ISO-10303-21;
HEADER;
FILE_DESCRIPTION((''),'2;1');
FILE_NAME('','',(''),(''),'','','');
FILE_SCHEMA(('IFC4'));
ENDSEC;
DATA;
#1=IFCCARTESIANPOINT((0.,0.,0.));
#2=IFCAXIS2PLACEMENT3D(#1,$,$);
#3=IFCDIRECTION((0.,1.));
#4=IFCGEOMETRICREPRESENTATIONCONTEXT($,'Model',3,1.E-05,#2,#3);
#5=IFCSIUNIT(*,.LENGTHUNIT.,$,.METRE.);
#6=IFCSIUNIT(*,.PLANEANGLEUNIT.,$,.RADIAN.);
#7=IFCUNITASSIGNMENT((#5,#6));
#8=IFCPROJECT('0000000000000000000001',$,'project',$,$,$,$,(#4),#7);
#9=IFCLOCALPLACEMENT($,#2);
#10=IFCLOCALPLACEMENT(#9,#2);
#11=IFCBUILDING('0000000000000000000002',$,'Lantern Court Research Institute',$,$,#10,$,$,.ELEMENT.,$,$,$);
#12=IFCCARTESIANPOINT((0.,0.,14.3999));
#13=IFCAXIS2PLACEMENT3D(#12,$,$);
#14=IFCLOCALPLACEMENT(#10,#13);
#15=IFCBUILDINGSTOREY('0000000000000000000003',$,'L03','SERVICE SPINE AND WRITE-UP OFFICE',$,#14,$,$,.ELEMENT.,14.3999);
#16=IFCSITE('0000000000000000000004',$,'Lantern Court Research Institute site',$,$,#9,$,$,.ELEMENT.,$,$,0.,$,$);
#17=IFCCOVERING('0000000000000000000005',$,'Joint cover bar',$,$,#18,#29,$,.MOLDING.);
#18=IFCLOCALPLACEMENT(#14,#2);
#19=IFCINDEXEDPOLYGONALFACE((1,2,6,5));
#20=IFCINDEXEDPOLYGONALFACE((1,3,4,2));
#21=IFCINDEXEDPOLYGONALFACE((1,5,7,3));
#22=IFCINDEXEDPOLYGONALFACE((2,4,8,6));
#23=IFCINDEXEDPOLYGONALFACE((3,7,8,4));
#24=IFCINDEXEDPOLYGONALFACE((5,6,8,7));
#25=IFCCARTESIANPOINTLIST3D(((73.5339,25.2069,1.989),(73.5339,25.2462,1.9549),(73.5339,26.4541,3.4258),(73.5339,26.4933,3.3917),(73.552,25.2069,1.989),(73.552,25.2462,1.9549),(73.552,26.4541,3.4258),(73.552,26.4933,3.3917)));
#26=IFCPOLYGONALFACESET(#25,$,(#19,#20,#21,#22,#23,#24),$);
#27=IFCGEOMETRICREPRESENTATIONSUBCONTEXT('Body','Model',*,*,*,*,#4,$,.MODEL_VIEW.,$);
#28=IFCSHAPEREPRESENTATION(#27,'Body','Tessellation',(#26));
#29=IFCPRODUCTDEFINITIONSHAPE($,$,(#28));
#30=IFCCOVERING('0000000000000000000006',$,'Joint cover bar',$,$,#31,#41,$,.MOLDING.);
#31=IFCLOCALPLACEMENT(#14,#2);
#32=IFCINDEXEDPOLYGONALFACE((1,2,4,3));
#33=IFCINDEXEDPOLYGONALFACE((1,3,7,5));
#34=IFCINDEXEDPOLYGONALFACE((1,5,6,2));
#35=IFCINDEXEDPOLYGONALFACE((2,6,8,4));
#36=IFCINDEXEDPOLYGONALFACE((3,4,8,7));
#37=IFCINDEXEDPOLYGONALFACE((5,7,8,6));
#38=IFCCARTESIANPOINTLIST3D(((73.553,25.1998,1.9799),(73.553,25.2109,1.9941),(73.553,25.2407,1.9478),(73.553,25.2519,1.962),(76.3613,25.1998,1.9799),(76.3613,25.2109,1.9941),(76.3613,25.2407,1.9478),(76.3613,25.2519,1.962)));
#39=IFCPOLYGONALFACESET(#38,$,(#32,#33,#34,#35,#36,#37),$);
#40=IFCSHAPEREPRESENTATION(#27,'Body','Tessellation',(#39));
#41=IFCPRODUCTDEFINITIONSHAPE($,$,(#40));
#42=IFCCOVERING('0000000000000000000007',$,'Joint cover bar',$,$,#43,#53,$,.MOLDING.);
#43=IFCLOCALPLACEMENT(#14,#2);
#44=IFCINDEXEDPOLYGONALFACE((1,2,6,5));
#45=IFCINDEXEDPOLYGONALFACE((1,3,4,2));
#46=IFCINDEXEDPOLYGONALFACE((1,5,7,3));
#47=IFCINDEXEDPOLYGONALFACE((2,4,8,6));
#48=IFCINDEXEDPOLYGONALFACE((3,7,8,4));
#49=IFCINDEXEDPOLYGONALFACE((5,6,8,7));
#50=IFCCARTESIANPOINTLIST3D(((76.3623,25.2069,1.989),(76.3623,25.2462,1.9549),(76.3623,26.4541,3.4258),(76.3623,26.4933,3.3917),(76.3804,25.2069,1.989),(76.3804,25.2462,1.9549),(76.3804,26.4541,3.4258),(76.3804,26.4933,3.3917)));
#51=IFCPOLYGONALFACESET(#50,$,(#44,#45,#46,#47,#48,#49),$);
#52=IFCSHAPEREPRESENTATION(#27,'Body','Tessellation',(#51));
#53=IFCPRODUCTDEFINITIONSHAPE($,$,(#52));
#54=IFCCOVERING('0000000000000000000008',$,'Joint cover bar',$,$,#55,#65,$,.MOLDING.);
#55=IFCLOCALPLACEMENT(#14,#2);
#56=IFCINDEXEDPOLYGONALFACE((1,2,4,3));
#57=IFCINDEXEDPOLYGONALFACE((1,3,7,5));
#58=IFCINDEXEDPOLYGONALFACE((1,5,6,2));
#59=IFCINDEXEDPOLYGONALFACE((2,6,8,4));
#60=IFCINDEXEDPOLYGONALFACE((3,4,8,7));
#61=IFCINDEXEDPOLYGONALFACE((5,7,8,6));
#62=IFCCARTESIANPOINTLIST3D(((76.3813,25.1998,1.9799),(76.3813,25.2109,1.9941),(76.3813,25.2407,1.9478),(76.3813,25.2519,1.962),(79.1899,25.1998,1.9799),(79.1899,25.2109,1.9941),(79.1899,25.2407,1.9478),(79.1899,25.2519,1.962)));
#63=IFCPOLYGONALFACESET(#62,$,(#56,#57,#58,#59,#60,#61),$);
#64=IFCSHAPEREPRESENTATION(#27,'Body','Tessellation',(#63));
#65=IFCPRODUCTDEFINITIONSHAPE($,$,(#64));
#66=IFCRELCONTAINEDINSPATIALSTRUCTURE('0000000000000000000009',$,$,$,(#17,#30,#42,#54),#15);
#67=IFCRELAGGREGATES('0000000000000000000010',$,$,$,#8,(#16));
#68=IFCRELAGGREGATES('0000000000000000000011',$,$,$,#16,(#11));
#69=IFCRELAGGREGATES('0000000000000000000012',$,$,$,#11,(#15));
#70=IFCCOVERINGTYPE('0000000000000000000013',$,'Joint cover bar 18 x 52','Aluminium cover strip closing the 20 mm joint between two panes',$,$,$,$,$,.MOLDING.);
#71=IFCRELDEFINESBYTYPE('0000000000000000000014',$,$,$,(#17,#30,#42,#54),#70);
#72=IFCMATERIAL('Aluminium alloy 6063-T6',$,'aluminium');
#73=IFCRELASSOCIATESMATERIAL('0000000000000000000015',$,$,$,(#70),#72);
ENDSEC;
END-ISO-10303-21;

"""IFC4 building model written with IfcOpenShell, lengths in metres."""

from ifc_helpers import new_model, si_unit, direction, frame, origin, origin_2d, place, context, subcontext, project, spatial, rectangle, extrude, material, material_profile, profile_set, type_object, element, save


model = new_model("IFC4")

# Units and contexts
model_context = context("Model", 3, precision=1e-05, world=origin(), true_north=direction((0.0, 1.0)))
body_context = subcontext(model_context, "Body", "Model", "MODEL_VIEW")
ifc_project = project(units=[si_unit("LENGTHUNIT", "METRE"), si_unit("PLANEANGLEUNIT", "RADIAN")], contexts=[model_context])

# Site, building, storey
site_placement = place(None, origin())
site = spatial("IfcSite", under=ifc_project, at=site_placement, Name="Lantern Court Research Institute site", CompositionType="ELEMENT", RefElevation=0.0)
building_placement = place(site_placement, origin())
building = spatial("IfcBuilding", under=site, at=building_placement, Name="Lantern Court Research Institute", CompositionType="ELEMENT")
storey_placement = place(building_placement, frame((0.0, 0.0, 14.3999)))
storey = spatial("IfcBuildingStorey", under=building, at=storey_placement, Name="L03", Description="SERVICE SPINE AND WRITE-UP OFFICE", CompositionType="ELEMENT", Elevation=14.3999)

# Coverings
ifc_material_1 = material(Name="Aluminium alloy 6063-T6", Category="aluminium")
ifc_material_profile_1 = material_profile(ifc_material_1, rectangle(XDim=0.0181, YDim=0.052, at=origin_2d()), Name="Joint cover bar 18 x 52")
ifc_profile_set_1 = profile_set([ifc_material_profile_1], Name="Aluminium alloy 6063-T6")
covering_type = type_object("IfcCoveringType", Name="Joint cover bar 18 x 52", Description="Aluminium cover strip closing the 20 mm joint between two panes", PredefinedType="MOLDING", material=ifc_profile_set_1)
covering_1_placement = place(storey_placement, frame((73.543, 25.2266, 1.9719), z_axis=(0.0, 0.655492, 0.755202), x_axis=(-1.0, 0.0, 0.0)))
element("IfcCovering", 1, at=covering_1_placement, inside=storey, type_object=covering_type, Name="Joint cover bar", PredefinedType="MOLDING", context=body_context, shape_type="SweptSolid", body=[
    extrude(rectangle(XDim=0.0181, YDim=0.052, at=origin_2d()), origin(), (0.0, 0.0, 1.0), 1.9026),
])
covering_2_placement = place(storey_placement, frame((73.553, 25.2258, 1.9709), z_axis=(1.0, 0.0, 0.0), x_axis=(0.0, 0.616657, 0.787232)))
element("IfcCovering", 2, at=covering_2_placement, inside=storey, type_object=covering_type, Name="Joint cover bar", PredefinedType="MOLDING", context=body_context, shape_type="SweptSolid", body=[
    extrude(rectangle(XDim=0.0181, YDim=0.052, at=origin_2d()), origin(), (0.0, 0.0, 1.0), 2.8083),
])
covering_3_placement = place(storey_placement, frame((76.3713, 25.2266, 1.9719), z_axis=(0.0, 0.655492, 0.755202), x_axis=(-1.0, 0.0, 0.0)))
element("IfcCovering", 3, at=covering_3_placement, inside=storey, type_object=covering_type, Name="Joint cover bar", PredefinedType="MOLDING", context=body_context, shape_type="SweptSolid", body=[
    extrude(rectangle(XDim=0.0181, YDim=0.052, at=origin_2d()), origin(), (0.0, 0.0, 1.0), 1.9026),
])
covering_4_placement = place(storey_placement, frame((76.3813, 25.2258, 1.9709), z_axis=(1.0, 0.0, 0.0), x_axis=(0.0, 0.616657, 0.787232)))
element("IfcCovering", 4, at=covering_4_placement, inside=storey, type_object=covering_type, Name="Joint cover bar", PredefinedType="MOLDING", context=body_context, shape_type="SweptSolid", body=[
    extrude(rectangle(XDim=0.0181, YDim=0.052, at=origin_2d()), origin(), (0.0, 0.0, 1.0), 2.8086),
])

save(model, "model.ifc")
